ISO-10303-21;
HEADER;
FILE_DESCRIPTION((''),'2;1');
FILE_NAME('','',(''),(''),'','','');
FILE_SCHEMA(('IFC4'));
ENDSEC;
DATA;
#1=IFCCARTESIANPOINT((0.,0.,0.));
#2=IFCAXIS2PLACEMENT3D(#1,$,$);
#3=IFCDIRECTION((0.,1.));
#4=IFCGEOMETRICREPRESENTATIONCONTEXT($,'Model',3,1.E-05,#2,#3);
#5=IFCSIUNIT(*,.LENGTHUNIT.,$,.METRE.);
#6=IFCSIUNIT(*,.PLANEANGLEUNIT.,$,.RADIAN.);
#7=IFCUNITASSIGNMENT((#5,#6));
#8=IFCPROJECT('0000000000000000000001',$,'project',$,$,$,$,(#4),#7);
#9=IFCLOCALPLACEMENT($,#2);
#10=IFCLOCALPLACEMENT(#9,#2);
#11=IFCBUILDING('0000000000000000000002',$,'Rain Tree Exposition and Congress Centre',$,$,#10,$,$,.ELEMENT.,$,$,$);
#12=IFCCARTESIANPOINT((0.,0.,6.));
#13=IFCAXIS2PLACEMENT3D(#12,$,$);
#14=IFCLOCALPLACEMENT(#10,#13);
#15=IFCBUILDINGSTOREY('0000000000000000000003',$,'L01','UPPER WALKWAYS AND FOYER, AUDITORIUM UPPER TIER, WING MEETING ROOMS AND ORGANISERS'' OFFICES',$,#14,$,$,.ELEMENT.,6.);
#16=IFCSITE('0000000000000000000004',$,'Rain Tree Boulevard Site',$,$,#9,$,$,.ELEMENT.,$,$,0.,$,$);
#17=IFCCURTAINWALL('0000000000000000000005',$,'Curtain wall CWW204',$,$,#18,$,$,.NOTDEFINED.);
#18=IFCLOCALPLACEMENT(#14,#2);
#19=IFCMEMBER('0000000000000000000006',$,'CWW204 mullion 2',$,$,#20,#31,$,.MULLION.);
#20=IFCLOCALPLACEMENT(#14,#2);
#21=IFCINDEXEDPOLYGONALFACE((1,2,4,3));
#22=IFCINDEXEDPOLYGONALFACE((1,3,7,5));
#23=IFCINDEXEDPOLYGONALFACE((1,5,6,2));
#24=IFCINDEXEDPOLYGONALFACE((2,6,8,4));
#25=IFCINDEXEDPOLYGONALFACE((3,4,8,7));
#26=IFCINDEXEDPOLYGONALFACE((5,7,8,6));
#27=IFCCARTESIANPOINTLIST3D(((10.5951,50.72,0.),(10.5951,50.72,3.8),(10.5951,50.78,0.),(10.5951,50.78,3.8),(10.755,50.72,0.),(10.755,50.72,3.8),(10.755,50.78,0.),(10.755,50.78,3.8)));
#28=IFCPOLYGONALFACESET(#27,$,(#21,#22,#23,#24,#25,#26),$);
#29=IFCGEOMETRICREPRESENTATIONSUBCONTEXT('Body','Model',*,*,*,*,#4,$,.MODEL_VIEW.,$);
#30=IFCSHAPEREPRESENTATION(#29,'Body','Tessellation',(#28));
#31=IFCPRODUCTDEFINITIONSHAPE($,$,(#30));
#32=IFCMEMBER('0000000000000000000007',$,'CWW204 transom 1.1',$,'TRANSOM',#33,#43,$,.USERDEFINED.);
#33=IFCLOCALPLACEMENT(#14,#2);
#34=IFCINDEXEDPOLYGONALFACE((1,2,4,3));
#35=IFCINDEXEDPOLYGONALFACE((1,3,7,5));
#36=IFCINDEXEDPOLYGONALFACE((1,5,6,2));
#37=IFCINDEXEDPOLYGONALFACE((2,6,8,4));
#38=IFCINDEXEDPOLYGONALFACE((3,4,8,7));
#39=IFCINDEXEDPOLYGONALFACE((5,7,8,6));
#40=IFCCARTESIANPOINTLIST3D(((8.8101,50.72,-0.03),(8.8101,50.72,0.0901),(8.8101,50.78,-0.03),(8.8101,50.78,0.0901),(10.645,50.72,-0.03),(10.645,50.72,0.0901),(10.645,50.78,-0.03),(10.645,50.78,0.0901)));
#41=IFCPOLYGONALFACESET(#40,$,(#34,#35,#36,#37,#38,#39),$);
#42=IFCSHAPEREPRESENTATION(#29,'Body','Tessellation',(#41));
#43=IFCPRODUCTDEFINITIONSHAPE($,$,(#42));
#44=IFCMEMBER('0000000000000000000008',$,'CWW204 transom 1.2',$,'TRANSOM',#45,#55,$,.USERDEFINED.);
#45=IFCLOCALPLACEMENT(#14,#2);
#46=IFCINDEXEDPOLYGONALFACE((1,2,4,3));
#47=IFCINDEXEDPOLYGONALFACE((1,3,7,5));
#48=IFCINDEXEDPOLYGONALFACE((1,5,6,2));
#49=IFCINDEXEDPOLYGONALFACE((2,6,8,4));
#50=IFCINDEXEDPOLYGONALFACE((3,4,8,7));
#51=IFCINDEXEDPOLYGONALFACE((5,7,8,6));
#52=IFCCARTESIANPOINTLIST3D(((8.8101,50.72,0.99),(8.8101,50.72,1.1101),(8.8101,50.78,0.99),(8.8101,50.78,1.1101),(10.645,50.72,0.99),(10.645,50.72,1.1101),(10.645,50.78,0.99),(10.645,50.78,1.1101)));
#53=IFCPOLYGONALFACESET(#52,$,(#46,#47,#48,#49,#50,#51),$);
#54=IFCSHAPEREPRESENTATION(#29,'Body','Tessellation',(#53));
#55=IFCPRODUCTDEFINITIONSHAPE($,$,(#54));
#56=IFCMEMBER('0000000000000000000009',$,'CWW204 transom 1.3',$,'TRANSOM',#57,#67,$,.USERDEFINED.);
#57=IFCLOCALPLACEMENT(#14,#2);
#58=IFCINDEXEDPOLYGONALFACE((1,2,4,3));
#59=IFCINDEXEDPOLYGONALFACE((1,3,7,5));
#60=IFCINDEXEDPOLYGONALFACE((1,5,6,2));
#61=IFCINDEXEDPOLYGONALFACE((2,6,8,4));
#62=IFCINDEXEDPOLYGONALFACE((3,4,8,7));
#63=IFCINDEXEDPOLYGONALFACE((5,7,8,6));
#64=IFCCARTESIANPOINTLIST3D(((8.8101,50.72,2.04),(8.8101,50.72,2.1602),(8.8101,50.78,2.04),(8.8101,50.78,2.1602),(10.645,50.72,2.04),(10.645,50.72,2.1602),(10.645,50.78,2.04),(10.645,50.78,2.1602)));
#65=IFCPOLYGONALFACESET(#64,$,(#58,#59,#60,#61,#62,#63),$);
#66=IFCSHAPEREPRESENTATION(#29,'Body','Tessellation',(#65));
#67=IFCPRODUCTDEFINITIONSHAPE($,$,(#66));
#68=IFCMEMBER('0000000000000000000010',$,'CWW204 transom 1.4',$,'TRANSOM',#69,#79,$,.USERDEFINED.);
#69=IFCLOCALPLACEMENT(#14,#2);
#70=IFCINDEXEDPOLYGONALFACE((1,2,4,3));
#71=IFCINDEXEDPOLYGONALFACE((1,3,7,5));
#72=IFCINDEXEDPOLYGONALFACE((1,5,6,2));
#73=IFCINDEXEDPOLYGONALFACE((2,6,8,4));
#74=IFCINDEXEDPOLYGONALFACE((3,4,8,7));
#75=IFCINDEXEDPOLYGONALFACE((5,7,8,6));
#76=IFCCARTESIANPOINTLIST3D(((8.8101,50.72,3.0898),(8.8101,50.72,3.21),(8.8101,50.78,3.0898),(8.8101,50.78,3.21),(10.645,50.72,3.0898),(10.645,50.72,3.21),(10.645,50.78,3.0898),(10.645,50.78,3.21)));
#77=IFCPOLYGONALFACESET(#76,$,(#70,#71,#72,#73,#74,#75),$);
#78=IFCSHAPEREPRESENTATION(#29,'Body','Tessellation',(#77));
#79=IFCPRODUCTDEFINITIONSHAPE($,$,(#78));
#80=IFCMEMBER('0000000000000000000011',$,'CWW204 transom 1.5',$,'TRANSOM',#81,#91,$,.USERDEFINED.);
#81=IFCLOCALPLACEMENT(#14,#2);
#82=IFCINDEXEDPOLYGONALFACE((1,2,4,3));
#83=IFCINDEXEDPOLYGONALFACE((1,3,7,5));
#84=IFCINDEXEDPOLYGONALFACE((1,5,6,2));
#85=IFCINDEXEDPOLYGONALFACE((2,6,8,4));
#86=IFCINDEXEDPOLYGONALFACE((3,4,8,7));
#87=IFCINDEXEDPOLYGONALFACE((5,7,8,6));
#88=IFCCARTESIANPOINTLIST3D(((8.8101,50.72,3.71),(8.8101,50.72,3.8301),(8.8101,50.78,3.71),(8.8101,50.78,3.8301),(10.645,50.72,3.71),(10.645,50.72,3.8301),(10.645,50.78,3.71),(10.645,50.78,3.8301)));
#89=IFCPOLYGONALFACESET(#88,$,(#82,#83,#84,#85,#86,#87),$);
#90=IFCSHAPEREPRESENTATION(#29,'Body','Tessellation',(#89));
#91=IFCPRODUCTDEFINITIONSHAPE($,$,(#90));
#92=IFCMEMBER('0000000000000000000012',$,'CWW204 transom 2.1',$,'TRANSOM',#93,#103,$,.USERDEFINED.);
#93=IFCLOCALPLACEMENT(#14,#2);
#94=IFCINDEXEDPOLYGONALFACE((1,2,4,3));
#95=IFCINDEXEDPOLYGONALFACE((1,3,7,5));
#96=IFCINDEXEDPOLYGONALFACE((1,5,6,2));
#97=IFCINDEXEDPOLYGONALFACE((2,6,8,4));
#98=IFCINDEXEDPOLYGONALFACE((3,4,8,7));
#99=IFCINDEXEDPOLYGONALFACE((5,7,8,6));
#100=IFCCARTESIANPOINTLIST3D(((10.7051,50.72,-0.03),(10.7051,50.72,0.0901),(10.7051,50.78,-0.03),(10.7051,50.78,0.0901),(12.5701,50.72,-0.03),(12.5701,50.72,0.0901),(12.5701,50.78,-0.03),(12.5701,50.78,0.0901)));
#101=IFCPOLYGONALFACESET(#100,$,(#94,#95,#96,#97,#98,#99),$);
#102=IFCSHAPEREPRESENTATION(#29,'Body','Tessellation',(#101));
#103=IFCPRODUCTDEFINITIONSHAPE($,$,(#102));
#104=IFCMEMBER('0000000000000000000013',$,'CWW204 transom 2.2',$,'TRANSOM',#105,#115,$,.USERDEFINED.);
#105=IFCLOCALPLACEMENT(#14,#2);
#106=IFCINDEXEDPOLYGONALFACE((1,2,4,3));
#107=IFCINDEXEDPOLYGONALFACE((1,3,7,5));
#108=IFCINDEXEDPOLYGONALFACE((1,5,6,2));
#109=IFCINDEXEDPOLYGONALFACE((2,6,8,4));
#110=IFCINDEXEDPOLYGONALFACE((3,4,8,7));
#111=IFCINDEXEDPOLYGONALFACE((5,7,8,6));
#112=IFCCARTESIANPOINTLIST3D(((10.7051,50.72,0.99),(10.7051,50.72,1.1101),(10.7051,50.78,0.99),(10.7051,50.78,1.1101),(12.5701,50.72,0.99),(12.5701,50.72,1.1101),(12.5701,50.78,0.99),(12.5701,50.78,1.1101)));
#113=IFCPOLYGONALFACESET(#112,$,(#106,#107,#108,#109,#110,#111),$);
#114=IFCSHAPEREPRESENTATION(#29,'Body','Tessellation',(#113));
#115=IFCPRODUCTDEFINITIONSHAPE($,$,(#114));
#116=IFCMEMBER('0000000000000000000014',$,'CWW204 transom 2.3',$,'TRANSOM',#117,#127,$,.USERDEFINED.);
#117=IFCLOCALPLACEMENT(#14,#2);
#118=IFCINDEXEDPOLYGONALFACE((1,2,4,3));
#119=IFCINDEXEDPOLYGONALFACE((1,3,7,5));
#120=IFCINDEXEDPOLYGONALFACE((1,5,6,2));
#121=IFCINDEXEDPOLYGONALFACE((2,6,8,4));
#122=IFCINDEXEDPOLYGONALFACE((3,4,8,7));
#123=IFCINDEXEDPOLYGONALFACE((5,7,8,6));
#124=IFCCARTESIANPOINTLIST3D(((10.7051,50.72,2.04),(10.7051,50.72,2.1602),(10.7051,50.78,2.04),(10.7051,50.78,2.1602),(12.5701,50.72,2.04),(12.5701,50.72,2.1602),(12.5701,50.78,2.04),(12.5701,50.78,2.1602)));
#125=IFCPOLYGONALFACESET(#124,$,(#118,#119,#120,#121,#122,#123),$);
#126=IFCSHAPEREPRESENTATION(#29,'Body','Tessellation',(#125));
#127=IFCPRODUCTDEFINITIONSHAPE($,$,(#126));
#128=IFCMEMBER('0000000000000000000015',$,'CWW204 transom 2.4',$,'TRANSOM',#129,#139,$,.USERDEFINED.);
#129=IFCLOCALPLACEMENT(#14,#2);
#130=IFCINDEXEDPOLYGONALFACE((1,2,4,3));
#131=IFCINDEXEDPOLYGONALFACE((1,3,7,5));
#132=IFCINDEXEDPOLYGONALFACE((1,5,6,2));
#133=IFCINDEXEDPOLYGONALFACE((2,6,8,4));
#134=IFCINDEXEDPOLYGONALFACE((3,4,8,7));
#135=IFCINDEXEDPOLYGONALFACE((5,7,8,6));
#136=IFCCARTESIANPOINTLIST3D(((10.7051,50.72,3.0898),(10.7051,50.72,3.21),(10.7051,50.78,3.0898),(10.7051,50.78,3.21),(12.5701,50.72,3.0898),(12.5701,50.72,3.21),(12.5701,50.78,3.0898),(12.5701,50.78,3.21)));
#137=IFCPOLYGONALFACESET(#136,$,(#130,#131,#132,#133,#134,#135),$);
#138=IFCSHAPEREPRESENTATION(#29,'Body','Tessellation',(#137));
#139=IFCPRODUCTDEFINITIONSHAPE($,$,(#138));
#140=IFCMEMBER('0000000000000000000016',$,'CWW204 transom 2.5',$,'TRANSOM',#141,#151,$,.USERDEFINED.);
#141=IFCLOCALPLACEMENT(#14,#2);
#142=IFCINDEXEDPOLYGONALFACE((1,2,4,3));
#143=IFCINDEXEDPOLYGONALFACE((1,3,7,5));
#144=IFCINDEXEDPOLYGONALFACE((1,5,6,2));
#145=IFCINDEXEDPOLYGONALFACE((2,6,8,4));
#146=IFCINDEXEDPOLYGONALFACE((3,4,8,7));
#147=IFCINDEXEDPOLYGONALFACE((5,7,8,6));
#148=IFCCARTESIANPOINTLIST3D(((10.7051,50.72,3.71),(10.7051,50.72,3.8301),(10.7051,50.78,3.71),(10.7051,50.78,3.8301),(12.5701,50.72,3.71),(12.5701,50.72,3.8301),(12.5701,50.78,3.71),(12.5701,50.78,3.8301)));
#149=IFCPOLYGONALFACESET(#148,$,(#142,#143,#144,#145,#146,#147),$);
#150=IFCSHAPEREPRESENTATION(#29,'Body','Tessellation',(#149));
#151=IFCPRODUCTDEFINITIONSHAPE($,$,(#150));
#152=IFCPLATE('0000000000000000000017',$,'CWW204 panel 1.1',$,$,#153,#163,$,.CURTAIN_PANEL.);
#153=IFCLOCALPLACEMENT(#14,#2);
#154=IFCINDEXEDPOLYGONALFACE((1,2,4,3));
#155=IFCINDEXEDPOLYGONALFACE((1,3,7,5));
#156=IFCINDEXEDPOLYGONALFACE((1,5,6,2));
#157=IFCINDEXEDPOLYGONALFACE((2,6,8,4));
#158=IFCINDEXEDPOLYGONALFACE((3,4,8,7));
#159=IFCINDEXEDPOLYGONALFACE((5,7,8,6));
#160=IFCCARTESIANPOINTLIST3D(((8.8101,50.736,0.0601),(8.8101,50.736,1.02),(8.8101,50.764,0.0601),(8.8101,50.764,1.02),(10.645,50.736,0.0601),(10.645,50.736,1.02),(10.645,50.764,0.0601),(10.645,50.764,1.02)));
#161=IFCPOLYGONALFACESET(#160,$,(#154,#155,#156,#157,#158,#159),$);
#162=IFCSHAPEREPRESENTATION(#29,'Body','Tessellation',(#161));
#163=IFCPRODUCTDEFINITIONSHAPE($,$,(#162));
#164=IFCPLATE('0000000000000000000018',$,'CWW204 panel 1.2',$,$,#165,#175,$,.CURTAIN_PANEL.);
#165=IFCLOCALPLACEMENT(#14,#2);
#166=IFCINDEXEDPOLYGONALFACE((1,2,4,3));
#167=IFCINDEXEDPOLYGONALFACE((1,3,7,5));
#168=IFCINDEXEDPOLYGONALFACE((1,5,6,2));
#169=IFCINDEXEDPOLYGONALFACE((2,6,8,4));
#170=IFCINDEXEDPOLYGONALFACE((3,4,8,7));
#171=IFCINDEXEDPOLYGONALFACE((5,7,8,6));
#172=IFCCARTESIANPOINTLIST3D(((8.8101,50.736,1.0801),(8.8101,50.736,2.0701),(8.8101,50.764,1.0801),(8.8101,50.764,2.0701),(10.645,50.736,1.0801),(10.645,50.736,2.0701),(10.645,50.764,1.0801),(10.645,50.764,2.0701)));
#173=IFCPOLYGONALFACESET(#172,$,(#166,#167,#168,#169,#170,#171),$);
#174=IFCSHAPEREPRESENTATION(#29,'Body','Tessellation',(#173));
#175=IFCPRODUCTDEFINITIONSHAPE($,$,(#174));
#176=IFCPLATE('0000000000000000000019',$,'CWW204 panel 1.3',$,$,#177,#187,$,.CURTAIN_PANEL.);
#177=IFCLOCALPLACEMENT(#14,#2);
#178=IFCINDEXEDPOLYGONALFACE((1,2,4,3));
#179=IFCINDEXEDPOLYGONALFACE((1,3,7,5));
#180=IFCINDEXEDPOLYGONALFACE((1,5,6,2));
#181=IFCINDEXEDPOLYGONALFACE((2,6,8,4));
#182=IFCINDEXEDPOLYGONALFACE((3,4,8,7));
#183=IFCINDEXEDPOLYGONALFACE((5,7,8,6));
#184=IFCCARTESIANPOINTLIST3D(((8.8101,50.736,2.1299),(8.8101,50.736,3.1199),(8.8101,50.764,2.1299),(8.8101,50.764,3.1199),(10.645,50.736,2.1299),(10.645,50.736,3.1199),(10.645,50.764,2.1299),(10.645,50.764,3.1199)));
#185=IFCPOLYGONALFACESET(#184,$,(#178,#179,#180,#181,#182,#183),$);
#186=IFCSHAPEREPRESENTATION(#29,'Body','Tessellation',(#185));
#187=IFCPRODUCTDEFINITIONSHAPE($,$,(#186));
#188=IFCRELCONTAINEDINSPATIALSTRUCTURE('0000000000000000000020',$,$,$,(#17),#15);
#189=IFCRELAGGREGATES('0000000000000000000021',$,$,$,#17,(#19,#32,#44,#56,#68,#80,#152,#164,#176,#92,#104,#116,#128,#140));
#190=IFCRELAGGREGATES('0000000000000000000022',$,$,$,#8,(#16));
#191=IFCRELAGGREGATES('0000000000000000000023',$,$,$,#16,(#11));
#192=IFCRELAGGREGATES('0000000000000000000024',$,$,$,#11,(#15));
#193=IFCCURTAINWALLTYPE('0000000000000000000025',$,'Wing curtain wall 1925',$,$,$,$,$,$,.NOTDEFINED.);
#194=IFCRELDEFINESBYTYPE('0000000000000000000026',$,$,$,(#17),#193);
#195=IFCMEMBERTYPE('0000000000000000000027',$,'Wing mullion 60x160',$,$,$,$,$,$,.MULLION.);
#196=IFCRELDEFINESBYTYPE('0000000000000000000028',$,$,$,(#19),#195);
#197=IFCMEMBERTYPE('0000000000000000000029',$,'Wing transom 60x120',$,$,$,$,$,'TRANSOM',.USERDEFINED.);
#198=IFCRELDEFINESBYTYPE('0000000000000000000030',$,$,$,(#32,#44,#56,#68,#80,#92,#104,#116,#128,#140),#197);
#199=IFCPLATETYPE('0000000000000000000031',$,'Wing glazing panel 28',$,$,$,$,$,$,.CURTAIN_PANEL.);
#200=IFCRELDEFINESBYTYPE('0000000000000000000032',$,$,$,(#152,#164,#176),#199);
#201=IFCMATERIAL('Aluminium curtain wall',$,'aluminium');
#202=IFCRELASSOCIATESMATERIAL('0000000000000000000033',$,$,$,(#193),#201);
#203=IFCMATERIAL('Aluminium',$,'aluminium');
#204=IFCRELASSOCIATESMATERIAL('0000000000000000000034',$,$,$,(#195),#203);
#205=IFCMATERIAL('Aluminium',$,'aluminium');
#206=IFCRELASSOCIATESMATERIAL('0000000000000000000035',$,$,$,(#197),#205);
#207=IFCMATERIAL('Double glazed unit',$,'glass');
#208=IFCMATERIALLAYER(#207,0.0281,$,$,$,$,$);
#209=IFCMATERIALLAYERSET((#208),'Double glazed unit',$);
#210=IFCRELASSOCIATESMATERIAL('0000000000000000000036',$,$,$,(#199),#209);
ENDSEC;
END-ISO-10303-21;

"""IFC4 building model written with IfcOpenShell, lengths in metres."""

from ifc_helpers import new_model, si_unit, direction, frame, origin, origin_2d, place, context, subcontext, project, spatial, rectangle, extrude, material, layer, layer_set, material_profile, profile_set, type_object, element, aggregate, save


model = new_model("IFC4")

# Units and contexts
model_context = context("Model", 3, precision=1e-05, world=origin(), true_north=direction((0.0, 1.0)))
body_context = subcontext(model_context, "Body", "Model", "MODEL_VIEW")
ifc_project = project(units=[si_unit("LENGTHUNIT", "METRE"), si_unit("PLANEANGLEUNIT", "RADIAN")], contexts=[model_context])

# Site, building, storey
site_placement = place(None, origin())
site = spatial("IfcSite", under=ifc_project, at=site_placement, Name="Rain Tree Boulevard Site", CompositionType="ELEMENT", RefElevation=0.0)
building_placement = place(site_placement, origin())
building = spatial("IfcBuilding", under=site, at=building_placement, Name="Rain Tree Exposition and Congress Centre", CompositionType="ELEMENT")
storey_placement = place(building_placement, frame((0.0, 0.0, 6.0)))
storey = spatial("IfcBuildingStorey", under=building, at=storey_placement, Name="L01", Description="UPPER WALKWAYS AND FOYER, AUDITORIUM UPPER TIER, WING MEETING ROOMS AND ORGANISERS' OFFICES", CompositionType="ELEMENT", Elevation=6.0)

# Curtain wall, members, plates
ifc_material_1 = material(Name="Aluminium curtain wall", Category="aluminium")
curtain_wall_type = type_object("IfcCurtainWallType", Name="Wing curtain wall 1925", PredefinedType="NOTDEFINED", material=ifc_material_1)
curtain_wall_placement = place(storey_placement, origin())
curtain_wall = element("IfcCurtainWall", 1, at=curtain_wall_placement, inside=storey, type_object=curtain_wall_type, Name="Curtain wall CWW204", PredefinedType="NOTDEFINED")
ifc_material_2 = material(Name="Aluminium", Category="aluminium")
ifc_material_profile_1 = material_profile(ifc_material_2, rectangle(XDim=0.0601, YDim=0.1599, at=origin_2d()), Name="Aluminium 60x160")
ifc_profile_set_1 = profile_set([ifc_material_profile_1], Name="Aluminium")
member_type_1 = type_object("IfcMemberType", Name="Wing mullion 60x160", PredefinedType="MULLION", material=ifc_profile_set_1)
member_1_placement = place(storey_placement, frame((10.675, 50.75, 0.0), z_axis=(0.0, 0.0, 1.0), x_axis=(0.0, 1.0, 0.0)))
member_1 = element("IfcMember", 2, at=member_1_placement, type_object=member_type_1, Name="CWW204 mullion 2", PredefinedType="MULLION", context=body_context, shape_type="SweptSolid", body=[
    extrude(rectangle(XDim=0.0601, YDim=0.1599, at=origin_2d()), origin(), (0.0, 0.0, 1.0), 3.8),
])
ifc_material_3 = material(Name="Aluminium", Category="aluminium")
ifc_material_profile_2 = material_profile(ifc_material_3, rectangle(XDim=0.0601, YDim=0.1201, at=origin_2d()), Name="Aluminium 60x120")
ifc_profile_set_2 = profile_set([ifc_material_profile_2], Name="Aluminium")
member_type_2 = type_object("IfcMemberType", Name="Wing transom 60x120", ElementType="TRANSOM", PredefinedType="USERDEFINED", material=ifc_profile_set_2)
member_2_placement = place(storey_placement, frame((8.8101, 50.75, 0.03), z_axis=(1.0, 0.0, 0.0), x_axis=(0.0, 1.0, 0.0)))
member_2 = element("IfcMember", 3, at=member_2_placement, type_object=member_type_2, Name="CWW204 transom 1.1", ObjectType="TRANSOM", PredefinedType="USERDEFINED", context=body_context, shape_type="SweptSolid", body=[
    extrude(rectangle(XDim=0.0601, YDim=0.1201, at=origin_2d()), origin(), (0.0, 0.0, 1.0), 1.835),
])
member_3_placement = place(storey_placement, frame((8.8101, 50.75, 1.05), z_axis=(1.0, 0.0, 0.0), x_axis=(0.0, 1.0, 0.0)))
member_3 = element("IfcMember", 4, at=member_3_placement, type_object=member_type_2, Name="CWW204 transom 1.2", ObjectType="TRANSOM", PredefinedType="USERDEFINED", context=body_context, shape_type="SweptSolid", body=[
    extrude(rectangle(XDim=0.0601, YDim=0.1201, at=origin_2d()), origin(), (0.0, 0.0, 1.0), 1.835),
])
member_4_placement = place(storey_placement, frame((8.8101, 50.75, 2.1001), z_axis=(1.0, 0.0, 0.0), x_axis=(0.0, 1.0, 0.0)))
member_4 = element("IfcMember", 5, at=member_4_placement, type_object=member_type_2, Name="CWW204 transom 1.3", ObjectType="TRANSOM", PredefinedType="USERDEFINED", context=body_context, shape_type="SweptSolid", body=[
    extrude(rectangle(XDim=0.0601, YDim=0.1201, at=origin_2d()), origin(), (0.0, 0.0, 1.0), 1.835),
])
member_5_placement = place(storey_placement, frame((8.8101, 50.75, 3.1499), z_axis=(1.0, 0.0, 0.0), x_axis=(0.0, 1.0, 0.0)))
member_5 = element("IfcMember", 6, at=member_5_placement, type_object=member_type_2, Name="CWW204 transom 1.4", ObjectType="TRANSOM", PredefinedType="USERDEFINED", context=body_context, shape_type="SweptSolid", body=[
    extrude(rectangle(XDim=0.0601, YDim=0.1201, at=origin_2d()), origin(), (0.0, 0.0, 1.0), 1.835),
])
member_6_placement = place(storey_placement, frame((8.8101, 50.75, 3.77), z_axis=(1.0, 0.0, 0.0), x_axis=(0.0, 1.0, 0.0)))
member_6 = element("IfcMember", 7, at=member_6_placement, type_object=member_type_2, Name="CWW204 transom 1.5", ObjectType="TRANSOM", PredefinedType="USERDEFINED", context=body_context, shape_type="SweptSolid", body=[
    extrude(rectangle(XDim=0.0601, YDim=0.1201, at=origin_2d()), origin(), (0.0, 0.0, 1.0), 1.835),
])
member_7_placement = place(storey_placement, frame((10.7051, 50.75, 0.03), z_axis=(1.0, 0.0, 0.0), x_axis=(0.0, 1.0, 0.0)))
member_7 = element("IfcMember", 8, at=member_7_placement, type_object=member_type_2, Name="CWW204 transom 2.1", ObjectType="TRANSOM", PredefinedType="USERDEFINED", context=body_context, shape_type="SweptSolid", body=[
    extrude(rectangle(XDim=0.0601, YDim=0.1201, at=origin_2d()), origin(), (0.0, 0.0, 1.0), 1.865),
])
member_8_placement = place(storey_placement, frame((10.7051, 50.75, 1.05), z_axis=(1.0, 0.0, 0.0), x_axis=(0.0, 1.0, 0.0)))
member_8 = element("IfcMember", 9, at=member_8_placement, type_object=member_type_2, Name="CWW204 transom 2.2", ObjectType="TRANSOM", PredefinedType="USERDEFINED", context=body_context, shape_type="SweptSolid", body=[
    extrude(rectangle(XDim=0.0601, YDim=0.1201, at=origin_2d()), origin(), (0.0, 0.0, 1.0), 1.865),
])
member_9_placement = place(storey_placement, frame((10.7051, 50.75, 2.1001), z_axis=(1.0, 0.0, 0.0), x_axis=(0.0, 1.0, 0.0)))
member_9 = element("IfcMember", 10, at=member_9_placement, type_object=member_type_2, Name="CWW204 transom 2.3", ObjectType="TRANSOM", PredefinedType="USERDEFINED", context=body_context, shape_type="SweptSolid", body=[
    extrude(rectangle(XDim=0.0601, YDim=0.1201, at=origin_2d()), origin(), (0.0, 0.0, 1.0), 1.865),
])
member_10_placement = place(storey_placement, frame((10.7051, 50.75, 3.1499), z_axis=(1.0, 0.0, 0.0), x_axis=(0.0, 1.0, 0.0)))
member_10 = element("IfcMember", 11, at=member_10_placement, type_object=member_type_2, Name="CWW204 transom 2.4", ObjectType="TRANSOM", PredefinedType="USERDEFINED", context=body_context, shape_type="SweptSolid", body=[
    extrude(rectangle(XDim=0.0601, YDim=0.1201, at=origin_2d()), origin(), (0.0, 0.0, 1.0), 1.865),
])
member_11_placement = place(storey_placement, frame((10.7051, 50.75, 3.77), z_axis=(1.0, 0.0, 0.0), x_axis=(0.0, 1.0, 0.0)))
member_11 = element("IfcMember", 12, at=member_11_placement, type_object=member_type_2, Name="CWW204 transom 2.5", ObjectType="TRANSOM", PredefinedType="USERDEFINED", context=body_context, shape_type="SweptSolid", body=[
    extrude(rectangle(XDim=0.0601, YDim=0.1201, at=origin_2d()), origin(), (0.0, 0.0, 1.0), 1.865),
])
ifc_material_4 = material(Name="Double glazed unit", Category="glass")
ifc_layer = layer(ifc_material_4, 0.0281)
ifc_layer_set = layer_set([ifc_layer], Name="Double glazed unit")
plate_type = type_object("IfcPlateType", Name="Wing glazing panel 28", PredefinedType="CURTAIN_PANEL", material=ifc_layer_set)
plate_1_placement = place(storey_placement, frame((9.7275, 50.75, 0.0601), z_axis=(0.0, 0.0, 1.0), x_axis=(1.0, 0.0, 0.0)))
plate_1 = element("IfcPlate", 13, at=plate_1_placement, type_object=plate_type, Name="CWW204 panel 1.1", PredefinedType="CURTAIN_PANEL", context=body_context, shape_type="SweptSolid", body=[
    extrude(rectangle(XDim=1.835, YDim=0.0281, at=origin_2d()), origin(), (0.0, 0.0, 1.0), 0.96),
])
plate_2_placement = place(storey_placement, frame((9.7275, 50.75, 1.0801), z_axis=(0.0, 0.0, 1.0), x_axis=(1.0, 0.0, 0.0)))
plate_2 = element("IfcPlate", 14, at=plate_2_placement, type_object=plate_type, Name="CWW204 panel 1.2", PredefinedType="CURTAIN_PANEL", context=body_context, shape_type="SweptSolid", body=[
    extrude(rectangle(XDim=1.835, YDim=0.0281, at=origin_2d()), origin(), (0.0, 0.0, 1.0), 0.99),
])
plate_3_placement = place(storey_placement, frame((9.7275, 50.75, 2.1299), z_axis=(0.0, 0.0, 1.0), x_axis=(1.0, 0.0, 0.0)))
plate_3 = element("IfcPlate", 15, at=plate_3_placement, type_object=plate_type, Name="CWW204 panel 1.3", PredefinedType="CURTAIN_PANEL", context=body_context, shape_type="SweptSolid", body=[
    extrude(rectangle(XDim=1.835, YDim=0.0281, at=origin_2d()), origin(), (0.0, 0.0, 1.0), 0.99),
])
aggregate(curtain_wall, [member_1, member_2, member_3, member_4, member_5, member_6, plate_1, plate_2, plate_3, member_7, member_8, member_9, member_10, member_11])

save(model, "model.ifc")
